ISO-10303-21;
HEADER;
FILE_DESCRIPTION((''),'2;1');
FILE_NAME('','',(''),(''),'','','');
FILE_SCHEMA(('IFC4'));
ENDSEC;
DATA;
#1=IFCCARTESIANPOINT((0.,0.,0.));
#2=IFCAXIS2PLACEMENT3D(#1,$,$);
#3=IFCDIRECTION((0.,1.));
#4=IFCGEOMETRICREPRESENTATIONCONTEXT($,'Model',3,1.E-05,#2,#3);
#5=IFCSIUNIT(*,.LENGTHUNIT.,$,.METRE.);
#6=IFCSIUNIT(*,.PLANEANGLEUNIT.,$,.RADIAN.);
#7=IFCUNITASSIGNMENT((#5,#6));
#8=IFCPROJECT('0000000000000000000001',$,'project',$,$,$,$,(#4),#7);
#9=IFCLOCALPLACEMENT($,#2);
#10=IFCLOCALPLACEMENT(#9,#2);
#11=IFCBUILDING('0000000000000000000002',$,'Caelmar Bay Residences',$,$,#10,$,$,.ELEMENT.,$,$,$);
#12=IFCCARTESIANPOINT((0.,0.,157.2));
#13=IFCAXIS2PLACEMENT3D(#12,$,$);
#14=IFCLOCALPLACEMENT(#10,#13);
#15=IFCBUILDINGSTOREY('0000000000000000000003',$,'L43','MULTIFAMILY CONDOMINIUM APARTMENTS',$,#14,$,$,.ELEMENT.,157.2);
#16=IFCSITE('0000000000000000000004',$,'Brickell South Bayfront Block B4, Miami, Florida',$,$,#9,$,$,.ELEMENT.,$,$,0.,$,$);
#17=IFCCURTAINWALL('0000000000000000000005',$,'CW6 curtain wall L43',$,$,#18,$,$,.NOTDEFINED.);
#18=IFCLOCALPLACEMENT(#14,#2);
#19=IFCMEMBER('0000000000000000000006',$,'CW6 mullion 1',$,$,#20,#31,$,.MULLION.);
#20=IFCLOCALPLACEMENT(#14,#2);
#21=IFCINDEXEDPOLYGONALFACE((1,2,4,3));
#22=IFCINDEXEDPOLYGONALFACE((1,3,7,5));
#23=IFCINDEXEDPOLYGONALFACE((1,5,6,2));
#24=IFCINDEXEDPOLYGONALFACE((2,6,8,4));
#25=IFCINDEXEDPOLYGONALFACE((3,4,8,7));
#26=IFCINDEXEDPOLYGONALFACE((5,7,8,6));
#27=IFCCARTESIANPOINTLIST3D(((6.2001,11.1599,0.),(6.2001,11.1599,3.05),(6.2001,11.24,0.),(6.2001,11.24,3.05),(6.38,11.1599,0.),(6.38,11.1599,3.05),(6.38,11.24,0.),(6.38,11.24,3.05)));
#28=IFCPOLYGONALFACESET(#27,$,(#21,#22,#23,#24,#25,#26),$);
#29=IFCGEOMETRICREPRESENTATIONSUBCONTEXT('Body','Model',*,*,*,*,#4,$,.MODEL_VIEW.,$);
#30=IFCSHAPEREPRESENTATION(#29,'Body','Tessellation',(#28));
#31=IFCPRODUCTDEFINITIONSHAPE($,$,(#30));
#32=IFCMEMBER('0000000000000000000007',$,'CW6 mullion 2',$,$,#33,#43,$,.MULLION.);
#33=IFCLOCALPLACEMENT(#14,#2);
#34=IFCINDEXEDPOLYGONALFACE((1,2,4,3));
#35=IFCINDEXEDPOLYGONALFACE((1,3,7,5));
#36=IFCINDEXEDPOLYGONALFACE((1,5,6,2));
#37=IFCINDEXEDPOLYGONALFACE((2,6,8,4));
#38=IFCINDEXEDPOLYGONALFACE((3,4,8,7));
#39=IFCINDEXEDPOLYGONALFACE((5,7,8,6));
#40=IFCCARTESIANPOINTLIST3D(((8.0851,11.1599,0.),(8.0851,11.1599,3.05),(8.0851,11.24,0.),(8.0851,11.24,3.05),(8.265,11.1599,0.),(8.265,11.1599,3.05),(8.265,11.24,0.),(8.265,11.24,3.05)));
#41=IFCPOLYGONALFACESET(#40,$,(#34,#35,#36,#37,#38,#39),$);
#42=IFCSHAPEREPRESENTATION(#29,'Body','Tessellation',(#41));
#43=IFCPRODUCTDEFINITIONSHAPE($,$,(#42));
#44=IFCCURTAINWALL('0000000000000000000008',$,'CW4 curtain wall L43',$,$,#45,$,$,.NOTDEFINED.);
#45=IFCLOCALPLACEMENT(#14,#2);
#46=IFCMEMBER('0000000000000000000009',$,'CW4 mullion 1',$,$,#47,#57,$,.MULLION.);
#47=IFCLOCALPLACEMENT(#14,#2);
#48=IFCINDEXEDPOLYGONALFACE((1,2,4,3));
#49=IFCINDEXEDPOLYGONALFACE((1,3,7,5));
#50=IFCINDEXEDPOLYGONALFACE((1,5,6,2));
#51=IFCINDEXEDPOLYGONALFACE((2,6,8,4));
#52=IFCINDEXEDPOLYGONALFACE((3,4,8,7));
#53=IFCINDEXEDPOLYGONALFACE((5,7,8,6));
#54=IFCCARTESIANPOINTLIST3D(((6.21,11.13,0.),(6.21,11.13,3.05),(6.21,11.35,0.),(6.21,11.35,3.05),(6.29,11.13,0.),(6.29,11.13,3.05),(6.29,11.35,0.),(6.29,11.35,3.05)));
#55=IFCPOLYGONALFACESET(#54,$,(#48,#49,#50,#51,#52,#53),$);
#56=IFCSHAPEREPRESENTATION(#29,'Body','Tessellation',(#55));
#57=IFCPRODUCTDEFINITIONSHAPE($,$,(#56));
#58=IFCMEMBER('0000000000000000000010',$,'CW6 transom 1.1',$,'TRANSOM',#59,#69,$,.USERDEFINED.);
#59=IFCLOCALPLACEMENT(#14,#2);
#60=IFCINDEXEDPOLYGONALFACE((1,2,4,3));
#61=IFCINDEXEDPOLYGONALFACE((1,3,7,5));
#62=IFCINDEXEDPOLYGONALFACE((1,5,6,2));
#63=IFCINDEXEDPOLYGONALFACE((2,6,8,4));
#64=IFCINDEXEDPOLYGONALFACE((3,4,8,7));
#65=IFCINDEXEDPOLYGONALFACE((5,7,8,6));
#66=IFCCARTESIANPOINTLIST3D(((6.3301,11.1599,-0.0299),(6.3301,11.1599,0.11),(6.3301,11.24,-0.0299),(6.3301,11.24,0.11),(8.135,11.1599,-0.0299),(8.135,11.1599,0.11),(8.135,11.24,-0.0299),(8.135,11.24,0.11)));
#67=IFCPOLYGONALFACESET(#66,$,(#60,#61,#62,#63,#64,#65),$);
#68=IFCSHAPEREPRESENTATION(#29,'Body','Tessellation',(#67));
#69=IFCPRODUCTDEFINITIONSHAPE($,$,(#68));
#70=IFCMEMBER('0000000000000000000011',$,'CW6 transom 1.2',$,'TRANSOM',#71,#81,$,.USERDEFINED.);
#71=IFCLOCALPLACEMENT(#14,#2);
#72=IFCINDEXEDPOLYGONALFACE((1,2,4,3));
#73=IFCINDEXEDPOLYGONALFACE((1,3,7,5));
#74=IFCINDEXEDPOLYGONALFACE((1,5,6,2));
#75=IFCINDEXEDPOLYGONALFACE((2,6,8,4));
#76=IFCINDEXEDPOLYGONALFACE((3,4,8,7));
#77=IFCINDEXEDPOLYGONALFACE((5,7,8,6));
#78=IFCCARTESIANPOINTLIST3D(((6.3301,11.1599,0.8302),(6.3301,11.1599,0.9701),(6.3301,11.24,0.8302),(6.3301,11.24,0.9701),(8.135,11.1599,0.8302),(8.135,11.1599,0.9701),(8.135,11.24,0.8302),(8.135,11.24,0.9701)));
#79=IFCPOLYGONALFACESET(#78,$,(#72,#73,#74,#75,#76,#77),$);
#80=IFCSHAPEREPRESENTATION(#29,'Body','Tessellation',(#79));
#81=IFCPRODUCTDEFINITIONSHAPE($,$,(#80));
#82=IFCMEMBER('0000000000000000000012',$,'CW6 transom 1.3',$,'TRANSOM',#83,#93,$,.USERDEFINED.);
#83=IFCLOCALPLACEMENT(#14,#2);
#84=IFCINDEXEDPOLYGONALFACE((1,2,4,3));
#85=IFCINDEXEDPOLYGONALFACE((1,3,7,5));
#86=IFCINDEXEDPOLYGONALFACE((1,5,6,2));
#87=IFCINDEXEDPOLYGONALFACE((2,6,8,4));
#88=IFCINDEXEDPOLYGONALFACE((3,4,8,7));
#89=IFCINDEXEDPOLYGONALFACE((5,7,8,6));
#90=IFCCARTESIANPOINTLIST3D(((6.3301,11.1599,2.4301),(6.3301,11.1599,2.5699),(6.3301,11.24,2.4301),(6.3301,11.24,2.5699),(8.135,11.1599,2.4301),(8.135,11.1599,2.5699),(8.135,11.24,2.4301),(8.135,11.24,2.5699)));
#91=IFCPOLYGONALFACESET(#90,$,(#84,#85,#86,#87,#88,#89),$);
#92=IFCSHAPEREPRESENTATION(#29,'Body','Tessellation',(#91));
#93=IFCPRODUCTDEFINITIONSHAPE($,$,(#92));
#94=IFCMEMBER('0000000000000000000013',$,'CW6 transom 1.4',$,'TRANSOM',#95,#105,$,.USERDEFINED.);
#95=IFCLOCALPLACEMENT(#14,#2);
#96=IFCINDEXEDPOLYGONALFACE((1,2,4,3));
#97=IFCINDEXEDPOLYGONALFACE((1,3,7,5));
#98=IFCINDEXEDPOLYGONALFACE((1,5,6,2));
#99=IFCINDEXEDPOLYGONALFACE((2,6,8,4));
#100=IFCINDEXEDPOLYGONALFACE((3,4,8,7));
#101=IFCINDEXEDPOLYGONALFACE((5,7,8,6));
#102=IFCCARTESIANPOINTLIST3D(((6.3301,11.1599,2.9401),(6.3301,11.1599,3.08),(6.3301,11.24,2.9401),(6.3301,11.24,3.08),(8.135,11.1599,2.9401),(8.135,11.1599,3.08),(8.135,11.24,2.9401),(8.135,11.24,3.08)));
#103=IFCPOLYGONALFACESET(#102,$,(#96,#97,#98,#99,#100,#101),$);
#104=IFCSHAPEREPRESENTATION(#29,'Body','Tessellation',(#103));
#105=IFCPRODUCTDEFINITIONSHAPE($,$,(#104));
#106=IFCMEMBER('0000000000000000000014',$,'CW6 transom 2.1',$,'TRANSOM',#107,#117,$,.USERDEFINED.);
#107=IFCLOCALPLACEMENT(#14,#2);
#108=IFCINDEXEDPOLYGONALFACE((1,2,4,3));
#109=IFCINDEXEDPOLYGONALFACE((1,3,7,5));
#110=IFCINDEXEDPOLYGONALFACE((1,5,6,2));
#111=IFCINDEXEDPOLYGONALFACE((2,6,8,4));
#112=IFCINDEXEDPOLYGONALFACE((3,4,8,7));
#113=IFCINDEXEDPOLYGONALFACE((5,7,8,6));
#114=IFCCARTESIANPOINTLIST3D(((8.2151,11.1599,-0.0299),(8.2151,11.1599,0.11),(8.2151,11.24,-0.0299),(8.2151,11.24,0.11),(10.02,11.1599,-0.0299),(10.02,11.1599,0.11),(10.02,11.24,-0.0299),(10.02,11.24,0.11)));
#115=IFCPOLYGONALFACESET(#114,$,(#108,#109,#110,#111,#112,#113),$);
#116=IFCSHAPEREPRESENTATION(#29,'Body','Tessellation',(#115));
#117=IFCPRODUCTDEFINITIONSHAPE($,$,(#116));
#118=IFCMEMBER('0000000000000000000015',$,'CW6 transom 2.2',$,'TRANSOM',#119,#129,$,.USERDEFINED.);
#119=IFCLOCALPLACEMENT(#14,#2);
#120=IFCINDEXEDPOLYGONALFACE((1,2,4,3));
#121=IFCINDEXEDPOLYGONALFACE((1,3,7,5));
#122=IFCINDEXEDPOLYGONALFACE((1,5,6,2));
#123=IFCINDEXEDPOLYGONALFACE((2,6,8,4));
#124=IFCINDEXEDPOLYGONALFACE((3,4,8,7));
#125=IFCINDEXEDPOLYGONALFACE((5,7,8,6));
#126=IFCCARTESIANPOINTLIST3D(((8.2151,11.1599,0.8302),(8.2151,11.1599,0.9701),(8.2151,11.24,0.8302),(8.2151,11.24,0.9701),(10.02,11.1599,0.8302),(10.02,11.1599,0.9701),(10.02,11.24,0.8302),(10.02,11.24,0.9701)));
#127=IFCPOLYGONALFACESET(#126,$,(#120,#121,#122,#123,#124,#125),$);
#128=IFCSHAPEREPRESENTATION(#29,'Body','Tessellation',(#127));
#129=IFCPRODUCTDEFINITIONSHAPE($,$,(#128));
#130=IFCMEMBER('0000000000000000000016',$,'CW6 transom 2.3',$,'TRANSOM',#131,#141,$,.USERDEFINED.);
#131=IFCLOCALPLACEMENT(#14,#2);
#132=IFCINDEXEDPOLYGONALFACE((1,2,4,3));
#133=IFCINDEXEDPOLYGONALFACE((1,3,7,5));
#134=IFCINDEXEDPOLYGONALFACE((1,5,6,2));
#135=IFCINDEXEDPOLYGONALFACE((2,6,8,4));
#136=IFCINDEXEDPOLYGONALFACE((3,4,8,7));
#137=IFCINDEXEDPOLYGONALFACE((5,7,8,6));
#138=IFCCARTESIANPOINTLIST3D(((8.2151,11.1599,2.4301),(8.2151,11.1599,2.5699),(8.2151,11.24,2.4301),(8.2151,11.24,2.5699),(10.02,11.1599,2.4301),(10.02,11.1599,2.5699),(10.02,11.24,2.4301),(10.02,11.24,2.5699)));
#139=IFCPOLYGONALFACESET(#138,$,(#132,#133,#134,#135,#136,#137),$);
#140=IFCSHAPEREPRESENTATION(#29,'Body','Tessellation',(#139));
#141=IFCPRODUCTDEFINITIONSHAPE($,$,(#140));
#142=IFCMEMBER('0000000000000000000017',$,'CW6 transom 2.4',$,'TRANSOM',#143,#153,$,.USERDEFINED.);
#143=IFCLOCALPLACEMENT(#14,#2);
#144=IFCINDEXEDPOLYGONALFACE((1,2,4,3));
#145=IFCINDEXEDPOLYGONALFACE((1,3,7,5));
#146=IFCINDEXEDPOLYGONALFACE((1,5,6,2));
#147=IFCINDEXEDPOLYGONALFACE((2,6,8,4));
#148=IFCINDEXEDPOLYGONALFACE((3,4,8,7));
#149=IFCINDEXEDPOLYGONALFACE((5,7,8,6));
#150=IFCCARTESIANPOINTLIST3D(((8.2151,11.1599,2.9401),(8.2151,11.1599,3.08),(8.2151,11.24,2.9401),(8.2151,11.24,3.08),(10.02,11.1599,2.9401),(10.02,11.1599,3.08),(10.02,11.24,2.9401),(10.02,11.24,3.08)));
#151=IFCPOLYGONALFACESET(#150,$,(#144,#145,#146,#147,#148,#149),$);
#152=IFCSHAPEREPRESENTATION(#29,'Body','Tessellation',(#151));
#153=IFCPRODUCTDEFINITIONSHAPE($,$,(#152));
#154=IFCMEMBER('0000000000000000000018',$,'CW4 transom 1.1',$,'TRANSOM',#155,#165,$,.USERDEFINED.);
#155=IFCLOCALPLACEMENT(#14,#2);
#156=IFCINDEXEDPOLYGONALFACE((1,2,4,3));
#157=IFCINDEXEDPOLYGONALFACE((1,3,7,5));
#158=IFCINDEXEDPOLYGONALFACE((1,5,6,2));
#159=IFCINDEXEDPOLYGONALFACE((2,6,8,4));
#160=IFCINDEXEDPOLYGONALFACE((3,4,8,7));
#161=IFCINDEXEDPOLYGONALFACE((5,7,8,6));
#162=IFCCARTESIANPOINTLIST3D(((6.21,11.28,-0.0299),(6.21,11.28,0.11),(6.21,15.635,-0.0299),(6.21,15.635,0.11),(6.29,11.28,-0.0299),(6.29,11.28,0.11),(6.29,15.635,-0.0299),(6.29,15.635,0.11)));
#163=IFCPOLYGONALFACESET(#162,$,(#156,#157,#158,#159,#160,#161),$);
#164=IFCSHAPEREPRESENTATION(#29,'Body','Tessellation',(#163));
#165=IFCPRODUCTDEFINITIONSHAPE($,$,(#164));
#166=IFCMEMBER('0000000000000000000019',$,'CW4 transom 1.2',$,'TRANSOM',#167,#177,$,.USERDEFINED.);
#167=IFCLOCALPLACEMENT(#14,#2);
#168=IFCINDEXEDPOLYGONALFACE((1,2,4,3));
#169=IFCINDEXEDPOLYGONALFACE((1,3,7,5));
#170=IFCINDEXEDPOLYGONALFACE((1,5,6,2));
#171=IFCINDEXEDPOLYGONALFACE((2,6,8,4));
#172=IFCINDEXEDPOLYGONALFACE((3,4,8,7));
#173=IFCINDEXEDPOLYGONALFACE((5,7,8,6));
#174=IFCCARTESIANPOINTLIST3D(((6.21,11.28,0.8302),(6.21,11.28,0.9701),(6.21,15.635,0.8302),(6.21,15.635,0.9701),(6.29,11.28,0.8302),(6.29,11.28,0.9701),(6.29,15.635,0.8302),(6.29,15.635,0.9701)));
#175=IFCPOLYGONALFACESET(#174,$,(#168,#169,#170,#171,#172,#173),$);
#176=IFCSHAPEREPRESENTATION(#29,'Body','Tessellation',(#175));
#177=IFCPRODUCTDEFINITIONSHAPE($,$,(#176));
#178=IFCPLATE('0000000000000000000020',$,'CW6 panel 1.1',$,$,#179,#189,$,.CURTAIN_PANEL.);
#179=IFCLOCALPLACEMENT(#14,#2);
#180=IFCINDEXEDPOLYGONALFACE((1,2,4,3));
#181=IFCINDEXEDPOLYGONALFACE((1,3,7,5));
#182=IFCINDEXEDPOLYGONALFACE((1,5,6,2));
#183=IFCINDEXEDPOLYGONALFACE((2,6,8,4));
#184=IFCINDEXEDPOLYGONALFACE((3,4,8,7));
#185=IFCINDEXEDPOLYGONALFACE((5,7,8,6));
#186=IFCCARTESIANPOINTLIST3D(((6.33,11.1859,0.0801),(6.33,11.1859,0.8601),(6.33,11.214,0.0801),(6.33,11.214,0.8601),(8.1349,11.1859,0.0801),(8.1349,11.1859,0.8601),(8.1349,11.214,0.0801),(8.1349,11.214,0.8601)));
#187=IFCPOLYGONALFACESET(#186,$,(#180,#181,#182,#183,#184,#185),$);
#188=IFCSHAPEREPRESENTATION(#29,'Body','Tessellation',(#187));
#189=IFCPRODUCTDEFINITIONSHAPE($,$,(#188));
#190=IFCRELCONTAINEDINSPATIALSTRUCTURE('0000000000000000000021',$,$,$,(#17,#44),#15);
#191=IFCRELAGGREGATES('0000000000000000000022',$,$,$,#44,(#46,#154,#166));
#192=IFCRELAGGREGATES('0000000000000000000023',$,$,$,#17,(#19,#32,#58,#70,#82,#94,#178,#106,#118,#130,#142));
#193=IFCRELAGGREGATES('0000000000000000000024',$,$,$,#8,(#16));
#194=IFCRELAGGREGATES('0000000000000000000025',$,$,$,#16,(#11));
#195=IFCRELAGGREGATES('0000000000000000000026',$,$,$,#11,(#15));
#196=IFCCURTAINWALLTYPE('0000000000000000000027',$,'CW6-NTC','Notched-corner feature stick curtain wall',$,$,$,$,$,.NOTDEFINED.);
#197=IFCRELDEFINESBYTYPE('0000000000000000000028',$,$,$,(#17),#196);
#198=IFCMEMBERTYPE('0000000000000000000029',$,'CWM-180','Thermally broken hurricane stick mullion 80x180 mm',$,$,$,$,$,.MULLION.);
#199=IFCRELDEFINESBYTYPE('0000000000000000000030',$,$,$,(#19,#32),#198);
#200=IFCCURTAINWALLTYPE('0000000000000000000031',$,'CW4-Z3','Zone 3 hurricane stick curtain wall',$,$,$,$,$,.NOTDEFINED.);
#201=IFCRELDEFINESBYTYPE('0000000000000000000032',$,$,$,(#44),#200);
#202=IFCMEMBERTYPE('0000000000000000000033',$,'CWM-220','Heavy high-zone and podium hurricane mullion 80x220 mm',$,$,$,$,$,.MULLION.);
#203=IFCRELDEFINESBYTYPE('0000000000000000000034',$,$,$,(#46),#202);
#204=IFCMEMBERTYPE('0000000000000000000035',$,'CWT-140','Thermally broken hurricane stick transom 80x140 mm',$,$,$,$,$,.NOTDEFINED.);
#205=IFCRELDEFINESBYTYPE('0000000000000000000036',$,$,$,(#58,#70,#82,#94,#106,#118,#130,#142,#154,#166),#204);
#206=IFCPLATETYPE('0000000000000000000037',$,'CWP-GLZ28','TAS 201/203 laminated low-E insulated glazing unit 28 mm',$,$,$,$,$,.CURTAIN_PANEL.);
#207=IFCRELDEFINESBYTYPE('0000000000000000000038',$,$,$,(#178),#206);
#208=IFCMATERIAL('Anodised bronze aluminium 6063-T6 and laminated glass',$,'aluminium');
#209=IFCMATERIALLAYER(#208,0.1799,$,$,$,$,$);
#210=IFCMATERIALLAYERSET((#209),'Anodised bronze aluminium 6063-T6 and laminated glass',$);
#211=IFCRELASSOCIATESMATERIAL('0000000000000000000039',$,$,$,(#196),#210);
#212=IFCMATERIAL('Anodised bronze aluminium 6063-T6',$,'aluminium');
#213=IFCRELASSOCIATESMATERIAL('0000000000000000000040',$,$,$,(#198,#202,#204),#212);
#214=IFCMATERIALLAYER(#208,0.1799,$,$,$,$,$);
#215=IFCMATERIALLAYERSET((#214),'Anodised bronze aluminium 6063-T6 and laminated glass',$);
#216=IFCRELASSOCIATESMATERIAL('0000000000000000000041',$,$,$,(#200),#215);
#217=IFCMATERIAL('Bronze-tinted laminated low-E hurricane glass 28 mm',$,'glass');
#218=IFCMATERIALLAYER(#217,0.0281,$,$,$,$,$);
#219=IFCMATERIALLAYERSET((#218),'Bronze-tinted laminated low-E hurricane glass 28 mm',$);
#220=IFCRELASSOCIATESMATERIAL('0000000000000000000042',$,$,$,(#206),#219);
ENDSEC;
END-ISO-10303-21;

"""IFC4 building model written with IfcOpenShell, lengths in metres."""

from ifc_helpers import new_model, si_unit, direction, frame, origin, origin_2d, place, context, subcontext, project, spatial, rectangle, extrude, material, layer, layer_set, material_profile, profile_set, type_object, element, aggregate, save


model = new_model("IFC4")

# Units and contexts
model_context = context("Model", 3, precision=1e-05, world=origin(), true_north=direction((0.0, 1.0)))
body_context = subcontext(model_context, "Body", "Model", "MODEL_VIEW")
ifc_project = project(units=[si_unit("LENGTHUNIT", "METRE"), si_unit("PLANEANGLEUNIT", "RADIAN")], contexts=[model_context])

# Site, building, storey
site_placement = place(None, origin())
site = spatial("IfcSite", under=ifc_project, at=site_placement, Name="Brickell South Bayfront Block B4, Miami, Florida", CompositionType="ELEMENT", RefElevation=0.0)
building_placement = place(site_placement, origin())
building = spatial("IfcBuilding", under=site, at=building_placement, Name="Caelmar Bay Residences", CompositionType="ELEMENT")
storey_placement = place(building_placement, frame((0.0, 0.0, 157.2)))
storey = spatial("IfcBuildingStorey", under=building, at=storey_placement, Name="L43", Description="MULTIFAMILY CONDOMINIUM APARTMENTS", CompositionType="ELEMENT", Elevation=157.2)

# Curtain wall, members
ifc_material_1 = material(Name="Anodised bronze aluminium 6063-T6 and laminated glass", Category="aluminium")
ifc_layer_1 = layer(ifc_material_1, 0.1799)
ifc_layer_set_1 = layer_set([ifc_layer_1], Name="Anodised bronze aluminium 6063-T6 and laminated glass")
curtain_wall_type_1 = type_object("IfcCurtainWallType", Name="CW6-NTC", Description="Notched-corner feature stick curtain wall", PredefinedType="NOTDEFINED", material=ifc_layer_set_1)
curtain_wall_1_placement = place(storey_placement, origin())
curtain_wall_1 = element("IfcCurtainWall", 1, at=curtain_wall_1_placement, inside=storey, type_object=curtain_wall_type_1, Name="CW6 curtain wall L43", PredefinedType="NOTDEFINED")
ifc_material_2 = material(Name="Anodised bronze aluminium 6063-T6", Category="aluminium")
ifc_material_profile_1 = material_profile(ifc_material_2, rectangle(XDim=0.0801, YDim=0.1799, at=origin_2d()), Name="CWM-80X180")
ifc_profile_set_1 = profile_set([ifc_material_profile_1], Name="Anodised bronze aluminium 6063-T6")
member_type_1 = type_object("IfcMemberType", Name="CWM-180", Description="Thermally broken hurricane stick mullion 80x180 mm", PredefinedType="MULLION", material=ifc_profile_set_1)
member_1_placement = place(storey_placement, frame((6.29, 11.2, 0.0), z_axis=(0.0, 0.0, 1.0), x_axis=(0.0, 1.0, 0.0)))
member_1 = element("IfcMember", 2, at=member_1_placement, type_object=member_type_1, Name="CW6 mullion 1", PredefinedType="MULLION", context=body_context, shape_type="SweptSolid", body=[
    extrude(rectangle(XDim=0.0801, YDim=0.1799, at=origin_2d()), origin(), (0.0, 0.0, 1.0), 3.05),
])
member_2_placement = place(storey_placement, frame((8.175, 11.2, 0.0), z_axis=(0.0, 0.0, 1.0), x_axis=(0.0, 1.0, 0.0)))
member_2 = element("IfcMember", 3, at=member_2_placement, type_object=member_type_1, Name="CW6 mullion 2", PredefinedType="MULLION", context=body_context, shape_type="SweptSolid", body=[
    extrude(rectangle(XDim=0.0801, YDim=0.1799, at=origin_2d()), origin(), (0.0, 0.0, 1.0), 3.05),
])

# Curtain wall, member
ifc_layer_2 = layer(ifc_material_1, 0.1799)
ifc_layer_set_2 = layer_set([ifc_layer_2], Name="Anodised bronze aluminium 6063-T6 and laminated glass")
curtain_wall_type_2 = type_object("IfcCurtainWallType", Name="CW4-Z3", Description="Zone 3 hurricane stick curtain wall", PredefinedType="NOTDEFINED", material=ifc_layer_set_2)
curtain_wall_2_placement = place(storey_placement, origin())
curtain_wall_2 = element("IfcCurtainWall", 4, at=curtain_wall_2_placement, inside=storey, type_object=curtain_wall_type_2, Name="CW4 curtain wall L43", PredefinedType="NOTDEFINED")
ifc_material_profile_2 = material_profile(ifc_material_2, rectangle(XDim=0.0801, YDim=0.22, at=origin_2d()), Name="CWM-80X220")
ifc_profile_set_2 = profile_set([ifc_material_profile_2], Name="Anodised bronze aluminium 6063-T6")
member_type_2 = type_object("IfcMemberType", Name="CWM-220", Description="Heavy high-zone and podium hurricane mullion 80x220 mm", PredefinedType="MULLION", material=ifc_profile_set_2)
member_3_placement = place(storey_placement, frame((6.25, 11.24, 0.0), z_axis=(0.0, 0.0, 1.0), x_axis=(-1.0, 0.0, 0.0)))
member_3 = element("IfcMember", 5, at=member_3_placement, type_object=member_type_2, Name="CW4 mullion 1", PredefinedType="MULLION", context=body_context, shape_type="SweptSolid", body=[
    extrude(rectangle(XDim=0.0801, YDim=0.22, at=origin_2d()), origin(), (0.0, 0.0, 1.0), 3.05),
])

# Members
ifc_material_profile_3 = material_profile(ifc_material_2, rectangle(XDim=0.0801, YDim=0.1399, at=origin_2d()), Name="CWT-80X140")
ifc_profile_set_3 = profile_set([ifc_material_profile_3], Name="Anodised bronze aluminium 6063-T6")
member_type_3 = type_object("IfcMemberType", Name="CWT-140", Description="Thermally broken hurricane stick transom 80x140 mm", PredefinedType="NOTDEFINED", material=ifc_profile_set_3)
member_4_placement = place(storey_placement, frame((6.3301, 11.2, 0.04), z_axis=(1.0, 0.0, 0.0), x_axis=(0.0, 1.0, 0.0)))
member_4 = element("IfcMember", 6, at=member_4_placement, type_object=member_type_3, Name="CW6 transom 1.1", ObjectType="TRANSOM", PredefinedType="USERDEFINED", context=body_context, shape_type="SweptSolid", body=[
    extrude(rectangle(XDim=0.0801, YDim=0.1399, at=origin_2d()), origin(), (0.0, 0.0, 1.0), 1.8049),
])
member_5_placement = place(storey_placement, frame((6.3301, 11.2, 0.9001), z_axis=(1.0, 0.0, 0.0), x_axis=(0.0, 1.0, 0.0)))
member_5 = element("IfcMember", 7, at=member_5_placement, type_object=member_type_3, Name="CW6 transom 1.2", ObjectType="TRANSOM", PredefinedType="USERDEFINED", context=body_context, shape_type="SweptSolid", body=[
    extrude(rectangle(XDim=0.0801, YDim=0.1399, at=origin_2d()), origin(), (0.0, 0.0, 1.0), 1.8049),
])
member_6_placement = place(storey_placement, frame((6.3301, 11.2, 2.5), z_axis=(1.0, 0.0, 0.0), x_axis=(0.0, 1.0, 0.0)))
member_6 = element("IfcMember", 8, at=member_6_placement, type_object=member_type_3, Name="CW6 transom 1.3", ObjectType="TRANSOM", PredefinedType="USERDEFINED", context=body_context, shape_type="SweptSolid", body=[
    extrude(rectangle(XDim=0.0801, YDim=0.1399, at=origin_2d()), origin(), (0.0, 0.0, 1.0), 1.8049),
])
member_7_placement = place(storey_placement, frame((6.3301, 11.2, 3.01), z_axis=(1.0, 0.0, 0.0), x_axis=(0.0, 1.0, 0.0)))
member_7 = element("IfcMember", 9, at=member_7_placement, type_object=member_type_3, Name="CW6 transom 1.4", ObjectType="TRANSOM", PredefinedType="USERDEFINED", context=body_context, shape_type="SweptSolid", body=[
    extrude(rectangle(XDim=0.0801, YDim=0.1399, at=origin_2d()), origin(), (0.0, 0.0, 1.0), 1.8049),
])
member_8_placement = place(storey_placement, frame((8.2151, 11.2, 0.04), z_axis=(1.0, 0.0, 0.0), x_axis=(0.0, 1.0, 0.0)))
member_8 = element("IfcMember", 10, at=member_8_placement, type_object=member_type_3, Name="CW6 transom 2.1", ObjectType="TRANSOM", PredefinedType="USERDEFINED", context=body_context, shape_type="SweptSolid", body=[
    extrude(rectangle(XDim=0.0801, YDim=0.1399, at=origin_2d()), origin(), (0.0, 0.0, 1.0), 1.8049),
])
member_9_placement = place(storey_placement, frame((8.2151, 11.2, 0.9001), z_axis=(1.0, 0.0, 0.0), x_axis=(0.0, 1.0, 0.0)))
member_9 = element("IfcMember", 11, at=member_9_placement, type_object=member_type_3, Name="CW6 transom 2.2", ObjectType="TRANSOM", PredefinedType="USERDEFINED", context=body_context, shape_type="SweptSolid", body=[
    extrude(rectangle(XDim=0.0801, YDim=0.1399, at=origin_2d()), origin(), (0.0, 0.0, 1.0), 1.8049),
])
member_10_placement = place(storey_placement, frame((8.2151, 11.2, 2.5), z_axis=(1.0, 0.0, 0.0), x_axis=(0.0, 1.0, 0.0)))
member_10 = element("IfcMember", 12, at=member_10_placement, type_object=member_type_3, Name="CW6 transom 2.3", ObjectType="TRANSOM", PredefinedType="USERDEFINED", context=body_context, shape_type="SweptSolid", body=[
    extrude(rectangle(XDim=0.0801, YDim=0.1399, at=origin_2d()), origin(), (0.0, 0.0, 1.0), 1.8049),
])
member_11_placement = place(storey_placement, frame((8.2151, 11.2, 3.01), z_axis=(1.0, 0.0, 0.0), x_axis=(0.0, 1.0, 0.0)))
member_11 = element("IfcMember", 13, at=member_11_placement, type_object=member_type_3, Name="CW6 transom 2.4", ObjectType="TRANSOM", PredefinedType="USERDEFINED", context=body_context, shape_type="SweptSolid", body=[
    extrude(rectangle(XDim=0.0801, YDim=0.1399, at=origin_2d()), origin(), (0.0, 0.0, 1.0), 1.8049),
])
member_12_placement = place(storey_placement, frame((6.25, 11.28, 0.04), z_axis=(0.0, 1.0, 0.0), x_axis=(-1.0, 0.0, 0.0)))
member_12 = element("IfcMember", 14, at=member_12_placement, type_object=member_type_3, Name="CW4 transom 1.1", ObjectType="TRANSOM", PredefinedType="USERDEFINED", context=body_context, shape_type="SweptSolid", body=[
    extrude(rectangle(XDim=0.0801, YDim=0.1399, at=origin_2d()), origin(), (0.0, 0.0, 1.0), 4.355),
])
member_13_placement = place(storey_placement, frame((6.25, 11.28, 0.9001), z_axis=(0.0, 1.0, 0.0), x_axis=(-1.0, 0.0, 0.0)))
member_13 = element("IfcMember", 15, at=member_13_placement, type_object=member_type_3, Name="CW4 transom 1.2", ObjectType="TRANSOM", PredefinedType="USERDEFINED", context=body_context, shape_type="SweptSolid", body=[
    extrude(rectangle(XDim=0.0801, YDim=0.1399, at=origin_2d()), origin(), (0.0, 0.0, 1.0), 4.355),
])
aggregate(curtain_wall_2, [member_3, member_12, member_13])

# Plate
ifc_material_3 = material(Name="Bronze-tinted laminated low-E hurricane glass 28 mm", Category="glass")
ifc_layer_3 = layer(ifc_material_3, 0.0281)
ifc_layer_set_3 = layer_set([ifc_layer_3], Name="Bronze-tinted laminated low-E hurricane glass 28 mm")
plate_type = type_object("IfcPlateType", Name="CWP-GLZ28", Description="TAS 201/203 laminated low-E insulated glazing unit 28 mm", PredefinedType="CURTAIN_PANEL", material=ifc_layer_set_3)
plate_1_placement = place(storey_placement, frame((7.2324, 11.2, 0.0801), z_axis=(0.0, 0.0, 1.0), x_axis=(1.0, 0.0, 0.0)))
plate_1 = element("IfcPlate", 16, at=plate_1_placement, type_object=plate_type, Name="CW6 panel 1.1", PredefinedType="CURTAIN_PANEL", context=body_context, shape_type="SweptSolid", body=[
    extrude(rectangle(XDim=1.8049, YDim=0.0281, at=origin_2d()), origin(), (0.0, 0.0, 1.0), 0.78),
])
aggregate(curtain_wall_1, [member_1, member_2, member_4, member_5, member_6, member_7, plate_1, member_8, member_9, member_10, member_11])

save(model, "model.ifc")
